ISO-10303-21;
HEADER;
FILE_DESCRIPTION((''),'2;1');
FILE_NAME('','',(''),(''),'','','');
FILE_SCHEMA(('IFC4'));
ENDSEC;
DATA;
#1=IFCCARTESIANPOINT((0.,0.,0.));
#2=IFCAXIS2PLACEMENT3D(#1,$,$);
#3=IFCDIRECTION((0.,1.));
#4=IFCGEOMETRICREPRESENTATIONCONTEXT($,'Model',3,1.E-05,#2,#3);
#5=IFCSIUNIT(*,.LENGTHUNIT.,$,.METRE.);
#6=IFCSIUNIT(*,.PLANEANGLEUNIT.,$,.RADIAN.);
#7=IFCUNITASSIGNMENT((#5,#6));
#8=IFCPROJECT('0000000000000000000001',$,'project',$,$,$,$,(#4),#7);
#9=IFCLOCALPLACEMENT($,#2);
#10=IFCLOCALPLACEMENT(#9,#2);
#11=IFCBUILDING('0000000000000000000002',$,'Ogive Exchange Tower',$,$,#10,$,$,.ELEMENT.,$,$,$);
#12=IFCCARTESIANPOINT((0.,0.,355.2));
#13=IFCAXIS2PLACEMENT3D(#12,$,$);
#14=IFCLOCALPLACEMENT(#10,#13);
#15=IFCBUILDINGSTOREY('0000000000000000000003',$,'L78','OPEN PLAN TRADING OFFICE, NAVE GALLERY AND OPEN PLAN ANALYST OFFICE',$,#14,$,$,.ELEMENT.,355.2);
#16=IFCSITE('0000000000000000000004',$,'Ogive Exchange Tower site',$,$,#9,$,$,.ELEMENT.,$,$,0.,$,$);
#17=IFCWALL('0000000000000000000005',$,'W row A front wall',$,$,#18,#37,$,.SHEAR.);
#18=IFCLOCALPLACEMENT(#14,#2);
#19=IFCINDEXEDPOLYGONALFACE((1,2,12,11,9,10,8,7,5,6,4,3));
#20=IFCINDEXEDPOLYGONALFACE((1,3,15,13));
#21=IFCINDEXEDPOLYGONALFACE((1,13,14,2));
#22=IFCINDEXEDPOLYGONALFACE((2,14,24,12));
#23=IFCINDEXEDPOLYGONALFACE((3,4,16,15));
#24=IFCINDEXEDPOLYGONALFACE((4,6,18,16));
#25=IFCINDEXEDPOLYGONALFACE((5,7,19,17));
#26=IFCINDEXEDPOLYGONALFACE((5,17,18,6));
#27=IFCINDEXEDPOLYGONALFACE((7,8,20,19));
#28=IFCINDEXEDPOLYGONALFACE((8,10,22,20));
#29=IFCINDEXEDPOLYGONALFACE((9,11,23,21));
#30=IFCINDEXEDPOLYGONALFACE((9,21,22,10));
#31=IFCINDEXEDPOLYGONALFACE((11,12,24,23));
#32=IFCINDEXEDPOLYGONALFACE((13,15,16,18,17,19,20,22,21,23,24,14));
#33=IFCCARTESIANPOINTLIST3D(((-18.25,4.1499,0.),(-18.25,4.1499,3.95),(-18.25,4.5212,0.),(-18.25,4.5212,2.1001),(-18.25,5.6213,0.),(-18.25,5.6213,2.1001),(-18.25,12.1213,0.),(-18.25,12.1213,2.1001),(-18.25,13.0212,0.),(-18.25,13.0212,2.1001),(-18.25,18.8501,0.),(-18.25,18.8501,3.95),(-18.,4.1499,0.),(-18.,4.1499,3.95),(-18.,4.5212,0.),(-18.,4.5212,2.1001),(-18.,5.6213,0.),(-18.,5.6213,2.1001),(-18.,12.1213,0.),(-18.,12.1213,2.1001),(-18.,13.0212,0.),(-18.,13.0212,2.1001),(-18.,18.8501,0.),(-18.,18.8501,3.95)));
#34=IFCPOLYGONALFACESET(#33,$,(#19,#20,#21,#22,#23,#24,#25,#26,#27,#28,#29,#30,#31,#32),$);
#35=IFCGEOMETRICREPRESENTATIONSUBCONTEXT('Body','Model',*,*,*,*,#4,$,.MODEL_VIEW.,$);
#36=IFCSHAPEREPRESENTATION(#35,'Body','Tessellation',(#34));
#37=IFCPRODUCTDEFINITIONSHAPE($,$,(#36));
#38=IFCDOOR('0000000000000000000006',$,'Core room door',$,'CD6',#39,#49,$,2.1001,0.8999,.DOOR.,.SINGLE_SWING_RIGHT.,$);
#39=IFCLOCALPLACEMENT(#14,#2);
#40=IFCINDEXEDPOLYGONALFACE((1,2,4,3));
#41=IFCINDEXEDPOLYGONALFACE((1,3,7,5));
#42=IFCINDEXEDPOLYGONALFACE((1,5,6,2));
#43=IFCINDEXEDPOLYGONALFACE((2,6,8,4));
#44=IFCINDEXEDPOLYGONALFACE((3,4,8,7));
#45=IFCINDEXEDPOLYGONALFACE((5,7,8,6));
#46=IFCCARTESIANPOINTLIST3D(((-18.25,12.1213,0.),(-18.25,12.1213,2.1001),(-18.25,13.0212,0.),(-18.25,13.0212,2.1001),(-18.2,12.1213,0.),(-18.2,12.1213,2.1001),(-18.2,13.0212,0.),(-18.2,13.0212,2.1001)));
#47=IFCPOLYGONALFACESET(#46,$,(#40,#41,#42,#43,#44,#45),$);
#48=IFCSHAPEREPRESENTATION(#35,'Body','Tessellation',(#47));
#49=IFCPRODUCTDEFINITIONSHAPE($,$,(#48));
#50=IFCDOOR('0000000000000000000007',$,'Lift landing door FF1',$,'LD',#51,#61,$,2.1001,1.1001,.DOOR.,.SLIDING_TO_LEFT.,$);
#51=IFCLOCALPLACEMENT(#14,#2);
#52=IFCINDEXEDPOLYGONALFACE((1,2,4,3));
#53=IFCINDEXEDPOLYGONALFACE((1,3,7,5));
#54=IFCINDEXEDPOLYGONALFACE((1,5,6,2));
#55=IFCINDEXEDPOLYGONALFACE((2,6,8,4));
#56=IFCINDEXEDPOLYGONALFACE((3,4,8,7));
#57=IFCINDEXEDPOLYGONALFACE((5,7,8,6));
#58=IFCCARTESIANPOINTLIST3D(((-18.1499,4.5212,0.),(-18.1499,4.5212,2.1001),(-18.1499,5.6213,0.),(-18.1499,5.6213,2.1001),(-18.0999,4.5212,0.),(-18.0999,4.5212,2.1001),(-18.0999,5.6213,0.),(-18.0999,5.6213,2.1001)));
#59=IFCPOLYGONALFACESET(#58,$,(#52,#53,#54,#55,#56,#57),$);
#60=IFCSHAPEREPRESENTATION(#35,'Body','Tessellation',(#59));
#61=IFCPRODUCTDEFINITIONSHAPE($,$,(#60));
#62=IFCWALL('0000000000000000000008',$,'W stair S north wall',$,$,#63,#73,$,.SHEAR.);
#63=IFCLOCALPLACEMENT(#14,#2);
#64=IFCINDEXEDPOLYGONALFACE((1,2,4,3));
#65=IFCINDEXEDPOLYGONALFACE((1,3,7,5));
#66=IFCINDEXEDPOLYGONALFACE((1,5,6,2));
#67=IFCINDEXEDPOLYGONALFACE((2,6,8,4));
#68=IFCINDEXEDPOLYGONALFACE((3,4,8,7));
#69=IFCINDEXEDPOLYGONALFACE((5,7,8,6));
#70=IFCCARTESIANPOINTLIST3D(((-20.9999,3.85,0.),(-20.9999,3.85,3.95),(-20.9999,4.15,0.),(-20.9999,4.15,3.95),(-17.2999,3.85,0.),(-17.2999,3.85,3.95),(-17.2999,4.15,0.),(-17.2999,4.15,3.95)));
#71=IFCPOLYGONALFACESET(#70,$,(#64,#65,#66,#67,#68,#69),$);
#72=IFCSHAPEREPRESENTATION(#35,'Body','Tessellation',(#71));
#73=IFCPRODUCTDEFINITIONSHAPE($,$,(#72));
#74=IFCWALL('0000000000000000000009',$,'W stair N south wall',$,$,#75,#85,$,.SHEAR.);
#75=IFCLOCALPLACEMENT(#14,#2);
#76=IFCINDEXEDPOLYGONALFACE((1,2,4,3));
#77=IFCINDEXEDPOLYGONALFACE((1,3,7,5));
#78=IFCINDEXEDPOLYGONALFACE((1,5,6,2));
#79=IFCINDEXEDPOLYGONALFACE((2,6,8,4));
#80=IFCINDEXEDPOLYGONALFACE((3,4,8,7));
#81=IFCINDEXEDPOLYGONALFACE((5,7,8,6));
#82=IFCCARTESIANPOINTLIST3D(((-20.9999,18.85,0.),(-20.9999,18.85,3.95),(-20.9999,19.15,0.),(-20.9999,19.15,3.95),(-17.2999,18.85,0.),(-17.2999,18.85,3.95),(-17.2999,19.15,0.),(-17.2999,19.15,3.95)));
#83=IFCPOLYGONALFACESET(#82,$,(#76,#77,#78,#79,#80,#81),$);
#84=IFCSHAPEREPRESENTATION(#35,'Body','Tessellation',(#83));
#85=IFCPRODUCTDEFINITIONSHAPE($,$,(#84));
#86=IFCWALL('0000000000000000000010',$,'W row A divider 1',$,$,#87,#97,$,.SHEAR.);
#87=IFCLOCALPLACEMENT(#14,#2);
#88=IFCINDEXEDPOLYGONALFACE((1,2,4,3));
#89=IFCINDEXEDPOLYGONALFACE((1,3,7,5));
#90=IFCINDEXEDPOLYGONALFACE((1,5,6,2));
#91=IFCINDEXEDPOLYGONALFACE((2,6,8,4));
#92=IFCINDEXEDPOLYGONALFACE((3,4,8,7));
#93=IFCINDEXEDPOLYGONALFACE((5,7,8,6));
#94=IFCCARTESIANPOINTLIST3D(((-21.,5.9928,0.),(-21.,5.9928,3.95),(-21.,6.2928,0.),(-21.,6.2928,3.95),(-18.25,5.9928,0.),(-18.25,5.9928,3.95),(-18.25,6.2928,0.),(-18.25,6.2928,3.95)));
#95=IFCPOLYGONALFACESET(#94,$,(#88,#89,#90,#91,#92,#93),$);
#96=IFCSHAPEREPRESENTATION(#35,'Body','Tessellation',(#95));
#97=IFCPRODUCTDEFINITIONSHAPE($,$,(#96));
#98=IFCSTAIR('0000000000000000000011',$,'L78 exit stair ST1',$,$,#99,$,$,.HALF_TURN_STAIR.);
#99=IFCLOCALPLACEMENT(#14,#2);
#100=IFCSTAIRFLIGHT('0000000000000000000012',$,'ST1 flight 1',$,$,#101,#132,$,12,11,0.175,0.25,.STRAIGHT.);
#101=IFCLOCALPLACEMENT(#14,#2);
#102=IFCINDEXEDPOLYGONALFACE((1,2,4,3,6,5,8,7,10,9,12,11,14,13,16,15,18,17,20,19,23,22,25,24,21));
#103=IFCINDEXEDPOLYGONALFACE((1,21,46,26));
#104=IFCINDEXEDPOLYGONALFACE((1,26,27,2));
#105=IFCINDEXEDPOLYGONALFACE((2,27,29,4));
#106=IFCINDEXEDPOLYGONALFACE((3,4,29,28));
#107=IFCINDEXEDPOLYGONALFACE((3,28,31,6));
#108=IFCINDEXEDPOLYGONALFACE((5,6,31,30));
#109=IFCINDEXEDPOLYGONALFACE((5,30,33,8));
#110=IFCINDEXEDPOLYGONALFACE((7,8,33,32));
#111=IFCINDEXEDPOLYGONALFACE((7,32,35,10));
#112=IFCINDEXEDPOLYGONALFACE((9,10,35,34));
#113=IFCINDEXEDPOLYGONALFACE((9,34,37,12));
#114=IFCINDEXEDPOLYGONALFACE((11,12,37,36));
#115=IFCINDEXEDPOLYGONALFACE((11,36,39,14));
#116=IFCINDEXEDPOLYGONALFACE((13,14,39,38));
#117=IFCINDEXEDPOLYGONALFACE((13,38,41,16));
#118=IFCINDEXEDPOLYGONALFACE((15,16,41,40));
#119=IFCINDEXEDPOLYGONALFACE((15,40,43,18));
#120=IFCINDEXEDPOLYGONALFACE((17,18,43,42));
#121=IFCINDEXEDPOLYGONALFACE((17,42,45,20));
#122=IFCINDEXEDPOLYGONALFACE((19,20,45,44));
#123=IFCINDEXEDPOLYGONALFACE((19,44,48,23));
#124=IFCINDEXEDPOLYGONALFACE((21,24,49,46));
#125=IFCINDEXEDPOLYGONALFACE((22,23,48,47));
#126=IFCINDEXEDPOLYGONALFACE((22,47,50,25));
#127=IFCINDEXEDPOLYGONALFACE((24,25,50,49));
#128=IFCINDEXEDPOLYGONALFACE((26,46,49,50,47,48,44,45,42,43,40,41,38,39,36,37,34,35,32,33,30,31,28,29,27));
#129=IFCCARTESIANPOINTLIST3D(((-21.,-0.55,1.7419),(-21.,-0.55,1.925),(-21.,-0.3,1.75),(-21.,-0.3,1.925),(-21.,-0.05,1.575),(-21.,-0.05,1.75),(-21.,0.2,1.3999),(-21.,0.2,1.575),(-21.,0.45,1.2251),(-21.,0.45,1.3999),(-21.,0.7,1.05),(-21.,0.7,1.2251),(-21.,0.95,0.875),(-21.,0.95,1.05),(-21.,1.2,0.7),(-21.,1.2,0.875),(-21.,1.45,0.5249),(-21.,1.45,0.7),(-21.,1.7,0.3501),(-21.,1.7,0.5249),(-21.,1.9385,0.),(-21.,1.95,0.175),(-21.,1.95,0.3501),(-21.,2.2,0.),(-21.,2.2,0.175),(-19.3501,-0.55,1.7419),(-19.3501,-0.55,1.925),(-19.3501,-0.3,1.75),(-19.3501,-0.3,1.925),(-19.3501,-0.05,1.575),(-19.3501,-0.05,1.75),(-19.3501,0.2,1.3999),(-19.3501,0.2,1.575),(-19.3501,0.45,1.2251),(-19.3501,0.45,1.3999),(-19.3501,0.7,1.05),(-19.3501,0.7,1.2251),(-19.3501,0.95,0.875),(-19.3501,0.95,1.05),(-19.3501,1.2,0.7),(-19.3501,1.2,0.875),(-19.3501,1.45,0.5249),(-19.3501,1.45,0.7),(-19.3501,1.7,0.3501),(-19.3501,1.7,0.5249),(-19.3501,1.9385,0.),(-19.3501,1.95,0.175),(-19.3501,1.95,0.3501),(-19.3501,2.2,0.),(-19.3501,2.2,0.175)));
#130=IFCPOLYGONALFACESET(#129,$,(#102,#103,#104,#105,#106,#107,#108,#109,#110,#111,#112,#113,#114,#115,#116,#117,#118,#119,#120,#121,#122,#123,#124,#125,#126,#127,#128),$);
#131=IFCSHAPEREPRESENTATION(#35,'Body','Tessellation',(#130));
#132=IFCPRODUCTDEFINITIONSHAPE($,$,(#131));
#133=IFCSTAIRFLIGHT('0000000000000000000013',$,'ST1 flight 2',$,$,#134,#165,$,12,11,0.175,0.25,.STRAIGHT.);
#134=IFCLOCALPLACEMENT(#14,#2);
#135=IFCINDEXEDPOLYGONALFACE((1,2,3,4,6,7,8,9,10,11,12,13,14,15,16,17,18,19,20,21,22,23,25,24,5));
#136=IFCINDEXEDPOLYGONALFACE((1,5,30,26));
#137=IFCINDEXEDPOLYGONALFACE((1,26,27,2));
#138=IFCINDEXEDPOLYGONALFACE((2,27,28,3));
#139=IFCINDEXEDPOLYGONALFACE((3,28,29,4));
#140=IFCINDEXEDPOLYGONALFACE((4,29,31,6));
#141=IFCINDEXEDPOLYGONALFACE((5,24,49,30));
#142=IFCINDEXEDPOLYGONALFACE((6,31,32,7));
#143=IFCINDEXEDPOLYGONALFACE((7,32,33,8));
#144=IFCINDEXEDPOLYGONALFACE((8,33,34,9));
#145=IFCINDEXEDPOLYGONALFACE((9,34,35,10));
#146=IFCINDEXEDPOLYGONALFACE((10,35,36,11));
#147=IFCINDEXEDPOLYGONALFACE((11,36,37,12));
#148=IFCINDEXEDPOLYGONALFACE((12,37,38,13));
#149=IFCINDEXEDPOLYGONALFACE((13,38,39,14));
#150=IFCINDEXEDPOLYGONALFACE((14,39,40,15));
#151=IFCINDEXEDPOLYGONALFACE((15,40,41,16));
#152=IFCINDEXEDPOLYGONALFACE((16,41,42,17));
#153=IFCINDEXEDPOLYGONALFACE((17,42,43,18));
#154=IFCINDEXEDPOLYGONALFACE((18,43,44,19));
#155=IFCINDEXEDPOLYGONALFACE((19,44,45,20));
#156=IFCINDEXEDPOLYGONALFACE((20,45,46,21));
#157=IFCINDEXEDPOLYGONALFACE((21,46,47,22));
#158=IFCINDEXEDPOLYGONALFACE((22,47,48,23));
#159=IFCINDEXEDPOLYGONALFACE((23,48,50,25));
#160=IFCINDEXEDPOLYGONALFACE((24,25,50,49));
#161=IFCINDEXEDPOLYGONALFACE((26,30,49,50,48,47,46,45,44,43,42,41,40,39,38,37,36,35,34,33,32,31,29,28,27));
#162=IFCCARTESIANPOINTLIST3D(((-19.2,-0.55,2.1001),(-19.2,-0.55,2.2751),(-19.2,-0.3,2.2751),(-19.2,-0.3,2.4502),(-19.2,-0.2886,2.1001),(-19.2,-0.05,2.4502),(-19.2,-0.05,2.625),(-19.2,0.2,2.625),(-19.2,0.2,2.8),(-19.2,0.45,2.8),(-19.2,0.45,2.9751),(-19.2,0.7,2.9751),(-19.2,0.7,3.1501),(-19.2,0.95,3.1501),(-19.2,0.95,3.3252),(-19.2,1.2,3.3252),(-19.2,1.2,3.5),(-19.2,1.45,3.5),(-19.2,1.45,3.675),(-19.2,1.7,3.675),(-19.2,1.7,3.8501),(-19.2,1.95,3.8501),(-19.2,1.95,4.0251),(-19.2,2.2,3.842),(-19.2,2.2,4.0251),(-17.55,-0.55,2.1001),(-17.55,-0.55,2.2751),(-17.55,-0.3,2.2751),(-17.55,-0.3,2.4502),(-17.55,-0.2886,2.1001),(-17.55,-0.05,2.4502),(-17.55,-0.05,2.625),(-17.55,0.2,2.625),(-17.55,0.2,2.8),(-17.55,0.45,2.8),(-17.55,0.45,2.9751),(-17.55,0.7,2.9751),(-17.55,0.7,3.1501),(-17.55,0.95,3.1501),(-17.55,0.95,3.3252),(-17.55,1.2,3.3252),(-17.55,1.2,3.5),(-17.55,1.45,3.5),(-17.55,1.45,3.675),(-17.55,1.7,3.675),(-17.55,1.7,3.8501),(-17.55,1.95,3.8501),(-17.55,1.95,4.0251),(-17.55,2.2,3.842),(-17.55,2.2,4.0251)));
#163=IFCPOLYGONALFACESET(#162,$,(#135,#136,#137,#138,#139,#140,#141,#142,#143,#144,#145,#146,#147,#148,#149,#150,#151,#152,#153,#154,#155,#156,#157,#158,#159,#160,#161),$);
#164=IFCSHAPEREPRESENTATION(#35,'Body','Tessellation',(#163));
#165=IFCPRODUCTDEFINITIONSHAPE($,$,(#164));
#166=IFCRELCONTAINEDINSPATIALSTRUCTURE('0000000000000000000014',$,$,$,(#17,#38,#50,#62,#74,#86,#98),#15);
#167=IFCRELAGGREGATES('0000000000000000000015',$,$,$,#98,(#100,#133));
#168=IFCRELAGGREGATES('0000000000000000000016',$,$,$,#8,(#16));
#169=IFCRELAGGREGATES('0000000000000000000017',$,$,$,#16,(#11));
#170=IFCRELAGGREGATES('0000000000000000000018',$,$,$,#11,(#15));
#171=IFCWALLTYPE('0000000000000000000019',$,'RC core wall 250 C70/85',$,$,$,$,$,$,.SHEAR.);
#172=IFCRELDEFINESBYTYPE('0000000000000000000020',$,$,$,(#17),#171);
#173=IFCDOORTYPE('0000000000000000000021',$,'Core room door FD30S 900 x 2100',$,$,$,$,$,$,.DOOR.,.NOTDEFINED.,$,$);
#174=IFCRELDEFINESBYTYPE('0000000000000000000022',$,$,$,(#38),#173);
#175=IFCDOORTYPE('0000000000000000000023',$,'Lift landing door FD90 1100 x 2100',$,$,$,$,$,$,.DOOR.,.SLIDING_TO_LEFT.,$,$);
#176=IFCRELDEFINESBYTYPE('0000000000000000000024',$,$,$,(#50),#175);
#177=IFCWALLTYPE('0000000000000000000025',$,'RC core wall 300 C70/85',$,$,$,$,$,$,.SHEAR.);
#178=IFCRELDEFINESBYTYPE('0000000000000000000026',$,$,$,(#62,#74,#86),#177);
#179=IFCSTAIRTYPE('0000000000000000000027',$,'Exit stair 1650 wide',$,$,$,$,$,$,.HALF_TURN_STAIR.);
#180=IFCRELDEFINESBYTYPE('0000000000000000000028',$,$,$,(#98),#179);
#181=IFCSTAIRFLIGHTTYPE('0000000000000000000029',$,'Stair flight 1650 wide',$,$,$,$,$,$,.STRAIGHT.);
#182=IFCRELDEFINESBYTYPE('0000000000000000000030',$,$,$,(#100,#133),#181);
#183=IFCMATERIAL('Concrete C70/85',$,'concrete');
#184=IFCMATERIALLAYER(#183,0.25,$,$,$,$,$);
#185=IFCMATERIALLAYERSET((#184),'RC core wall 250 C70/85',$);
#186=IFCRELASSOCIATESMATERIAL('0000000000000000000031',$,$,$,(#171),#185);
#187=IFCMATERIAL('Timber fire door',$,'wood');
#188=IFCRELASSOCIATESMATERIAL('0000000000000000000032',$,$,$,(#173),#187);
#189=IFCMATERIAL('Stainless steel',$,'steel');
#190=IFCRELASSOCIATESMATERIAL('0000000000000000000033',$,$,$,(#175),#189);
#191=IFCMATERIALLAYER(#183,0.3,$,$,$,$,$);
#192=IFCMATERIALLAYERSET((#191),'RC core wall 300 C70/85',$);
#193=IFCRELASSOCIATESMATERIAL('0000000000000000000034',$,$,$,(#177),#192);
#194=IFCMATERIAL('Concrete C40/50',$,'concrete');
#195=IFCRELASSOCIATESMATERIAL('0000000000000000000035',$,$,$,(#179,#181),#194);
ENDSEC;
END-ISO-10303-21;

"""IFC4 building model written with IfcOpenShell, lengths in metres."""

from ifc_helpers import new_model, si_unit, direction, frame, frame_2d, origin, place, context, subcontext, project, spatial, polyline, rectangle, outline, extrude, material, layer, layer_set, type_object, element, fill, aggregate, save


model = new_model("IFC4")

# Units and contexts
model_context = context("Model", 3, precision=1e-05, world=origin(), true_north=direction((0.0, 1.0)))
body_context = subcontext(model_context, "Body", "Model", "MODEL_VIEW")
ifc_project = project(units=[si_unit("LENGTHUNIT", "METRE"), si_unit("PLANEANGLEUNIT", "RADIAN")], contexts=[model_context])

# Site, building, storey
site_placement = place(None, origin())
site = spatial("IfcSite", under=ifc_project, at=site_placement, Name="Ogive Exchange Tower site", CompositionType="ELEMENT", RefElevation=0.0)
building_placement = place(site_placement, origin())
building = spatial("IfcBuilding", under=site, at=building_placement, Name="Ogive Exchange Tower", CompositionType="ELEMENT")
storey_placement = place(building_placement, frame((0.0, 0.0, 355.2)))
storey = spatial("IfcBuildingStorey", under=building, at=storey_placement, Name="L78", Description="OPEN PLAN TRADING OFFICE, NAVE GALLERY AND OPEN PLAN ANALYST OFFICE", CompositionType="ELEMENT", Elevation=355.2)

# Shared definitions
ifc_material_1 = material(Name="Concrete C70/85", Category="concrete")

# Wall, openings, doors
ifc_layer_1 = layer(ifc_material_1, 0.25)
ifc_layer_set_1 = layer_set([ifc_layer_1], Name="RC core wall 250 C70/85")
wall_type_1 = type_object("IfcWallType", Name="RC core wall 250 C70/85", PredefinedType="SHEAR", material=ifc_layer_set_1)
wall_1_placement = place(storey_placement, frame((-18.125, 4.1499, 0.0), z_axis=(0.0, 0.0, 1.0), x_axis=(0.0, 1.0, 0.0)))
wall_1 = element("IfcWall", 1, at=wall_1_placement, inside=storey, type_object=wall_type_1, Name="W row A front wall", PredefinedType="SHEAR", context=body_context, shape_type="SweptSolid", body=[
    extrude(rectangle(XDim=14.7002, YDim=0.25, at=frame_2d((7.3501, 0.0))), origin(), (0.0, 0.0, 1.0), 3.95),
])
opening_1_placement = place(wall_1_placement, frame((7.9714, 0.0, 0.0)))
opening_1 = element("IfcOpeningElement", 2, at=opening_1_placement, cuts=wall_1, PredefinedType="OPENING", context=body_context, shape_type="SweptSolid", body=[
    extrude(rectangle(XDim=0.8999, YDim=2.1001, at=frame_2d((0.45, 1.05))), frame((0.0, 0.135, 0.0), z_axis=(0.0, -1.0, 0.0), x_axis=(1.0, 0.0, 0.0)), (0.0, 0.0, 1.0), 0.27),
])
opening_2_placement = place(wall_1_placement, frame((0.3713, 0.0, 0.0)))
opening_2 = element("IfcOpeningElement", 3, at=opening_2_placement, cuts=wall_1, PredefinedType="OPENING", context=body_context, shape_type="SweptSolid", body=[
    extrude(rectangle(XDim=1.1001, YDim=2.1001, at=frame_2d((0.55, 1.05))), frame((0.0, 0.135, 0.0), z_axis=(0.0, -1.0, 0.0), x_axis=(1.0, 0.0, 0.0)), (0.0, 0.0, 1.0), 0.27),
])
ifc_material_2 = material(Name="Timber fire door", Category="wood")
door_type_1 = type_object("IfcDoorType", Name="Core room door FD30S 900 x 2100", OperationType="NOTDEFINED", PredefinedType="DOOR", material=ifc_material_2)
door_1_placement = place(opening_1_placement, origin())
door_1 = element("IfcDoor", 4, at=door_1_placement, inside=storey, type_object=door_type_1, Name="Core room door", ObjectType="CD6", OperationType="SINGLE_SWING_RIGHT", OverallHeight=2.1001, OverallWidth=0.8999, PredefinedType="DOOR", context=body_context, shape_type="SweptSolid", body=[
    extrude(rectangle(XDim=0.8999, YDim=2.1001, at=frame_2d((0.45, 1.05))), frame((0.0, 0.125, 0.0), z_axis=(0.0, -1.0, 0.0), x_axis=(1.0, 0.0, 0.0)), (0.0, 0.0, 1.0), 0.05),
])
fill(opening_1, door_1)
ifc_material_3 = material(Name="Stainless steel", Category="steel")
door_type_2 = type_object("IfcDoorType", Name="Lift landing door FD90 1100 x 2100", OperationType="SLIDING_TO_LEFT", PredefinedType="DOOR", material=ifc_material_3)
door_2_placement = place(opening_2_placement, origin())
door_2 = element("IfcDoor", 5, at=door_2_placement, inside=storey, type_object=door_type_2, Name="Lift landing door FF1", ObjectType="LD", OperationType="SLIDING_TO_LEFT", OverallHeight=2.1001, OverallWidth=1.1001, PredefinedType="DOOR", context=body_context, shape_type="SweptSolid", body=[
    extrude(rectangle(XDim=1.1001, YDim=2.1001, at=frame_2d((0.55, 1.05))), frame((0.0, 0.0249, 0.0), z_axis=(0.0, -1.0, 0.0), x_axis=(1.0, 0.0, 0.0)), (0.0, 0.0, 1.0), 0.05),
])
fill(opening_2, door_2)

# Walls
ifc_layer_2 = layer(ifc_material_1, 0.3)
ifc_layer_set_2 = layer_set([ifc_layer_2], Name="RC core wall 300 C70/85")
wall_type_2 = type_object("IfcWallType", Name="RC core wall 300 C70/85", PredefinedType="SHEAR", material=ifc_layer_set_2)
for number, where, z_axis, x_axis, name in (
    (6, (-21.0, 4.0, 0.0), (0.0, 0.0, 1.0), (1.0, 0.0, 0.0), "W stair S north wall"),
    (7, (-21.0, 19.0, 0.0), (0.0, 0.0, 1.0), (1.0, 0.0, 0.0), "W stair N south wall"),
):
    element("IfcWall", number, at=place(storey_placement, frame(where, z_axis=z_axis, x_axis=x_axis)), inside=storey, type_object=wall_type_2, Name=name, PredefinedType="SHEAR", context=body_context, shape_type="SweptSolid", body=[
        extrude(rectangle(XDim=3.7, YDim=0.3, at=frame_2d((1.8501, 0.0))), origin(), (0.0, 0.0, 1.0), 3.95),
    ])
wall_2_placement = place(storey_placement, frame((-21.0, 6.1428, 0.0), z_axis=(0.0, 0.0, 1.0), x_axis=(1.0, 0.0, 0.0)))
element("IfcWall", 8, at=wall_2_placement, inside=storey, type_object=wall_type_2, Name="W row A divider 1", PredefinedType="SHEAR", context=body_context, shape_type="SweptSolid", body=[
    extrude(rectangle(XDim=2.75, YDim=0.3, at=frame_2d((1.375, 0.0))), origin(), (0.0, 0.0, 1.0), 3.95),
])

# Stair, stair flights
ifc_material_4 = material(Name="Concrete C40/50", Category="concrete")
stair_type = type_object("IfcStairType", Name="Exit stair 1650 wide", PredefinedType="HALF_TURN_STAIR", material=ifc_material_4)
stair_placement = place(storey_placement, origin())
stair = element("IfcStair", 9, at=stair_placement, inside=storey, type_object=stair_type, Name="L78 exit stair ST1", PredefinedType="HALF_TURN_STAIR")
stair_flight_type = type_object("IfcStairFlightType", Name="Stair flight 1650 wide", PredefinedType="STRAIGHT", material=ifc_material_4)
stair_flight_1_placement = place(storey_placement, frame((-20.175, 2.2, 0.0), z_axis=(0.0, 0.0, 1.0), x_axis=(0.0, -1.0, 0.0)))
stair_flight_1 = element("IfcStairFlight", 10, at=stair_flight_1_placement, type_object=stair_flight_type, Name="ST1 flight 1", NumberOfRisers=12, NumberOfTreads=11, PredefinedType="STRAIGHT", RiserHeight=0.175, TreadLength=0.25, context=body_context, shape_type="SweptSolid", body=[
    extrude(outline(polyline([(0.0, 0.0), (0.0, 0.175), (0.25, 0.175), (0.25, 0.3501), (0.5, 0.3501), (0.5, 0.5249), (0.75, 0.5249), (0.75, 0.7), (1.0, 0.7), (1.0, 0.875), (1.25, 0.875), (1.25, 1.05), (1.5, 1.05), (1.5, 1.2251), (1.75, 1.2251), (1.75, 1.3999), (2.0, 1.3999), (2.0, 1.575), (2.25, 1.575), (2.25, 1.75), (2.5, 1.75), (2.5, 1.925), (2.75, 1.925), (2.75, 2.1001), (2.75, 1.7419), (0.2615, 0.0), (0.0, 0.0)])), frame((0.0, 0.825, 0.0), z_axis=(0.0, -1.0, 0.0), x_axis=(1.0, 0.0, 0.0)), (0.0, 0.0, 1.0), 1.6499),
])
stair_flight_2_placement = place(storey_placement, frame((-18.375, -0.55, 2.1001), z_axis=(0.0, 0.0, 1.0), x_axis=(0.0, 1.0, 0.0)))
stair_flight_2 = element("IfcStairFlight", 11, at=stair_flight_2_placement, type_object=stair_flight_type, Name="ST1 flight 2", NumberOfRisers=12, NumberOfTreads=11, PredefinedType="STRAIGHT", RiserHeight=0.175, TreadLength=0.25, context=body_context, shape_type="SweptSolid", body=[
    extrude(outline(polyline([(0.0, 0.0), (0.0, 0.175), (0.25, 0.175), (0.25, 0.3501), (0.5, 0.3501), (0.5, 0.5249), (0.75, 0.5249), (0.75, 0.7), (1.0, 0.7), (1.0, 0.875), (1.25, 0.875), (1.25, 1.05), (1.5, 1.05), (1.5, 1.2251), (1.75, 1.2251), (1.75, 1.3999), (2.0, 1.3999), (2.0, 1.575), (2.25, 1.575), (2.25, 1.75), (2.5, 1.75), (2.5, 1.925), (2.75, 1.925), (2.75, 2.1001), (2.75, 1.7419), (0.2615, 0.0), (0.0, 0.0)])), frame((0.0, 0.825, 0.0), z_axis=(0.0, -1.0, 0.0), x_axis=(1.0, 0.0, 0.0)), (0.0, 0.0, 1.0), 1.6499),
])
aggregate(stair, [stair_flight_1, stair_flight_2])

save(model, "model.ifc")
